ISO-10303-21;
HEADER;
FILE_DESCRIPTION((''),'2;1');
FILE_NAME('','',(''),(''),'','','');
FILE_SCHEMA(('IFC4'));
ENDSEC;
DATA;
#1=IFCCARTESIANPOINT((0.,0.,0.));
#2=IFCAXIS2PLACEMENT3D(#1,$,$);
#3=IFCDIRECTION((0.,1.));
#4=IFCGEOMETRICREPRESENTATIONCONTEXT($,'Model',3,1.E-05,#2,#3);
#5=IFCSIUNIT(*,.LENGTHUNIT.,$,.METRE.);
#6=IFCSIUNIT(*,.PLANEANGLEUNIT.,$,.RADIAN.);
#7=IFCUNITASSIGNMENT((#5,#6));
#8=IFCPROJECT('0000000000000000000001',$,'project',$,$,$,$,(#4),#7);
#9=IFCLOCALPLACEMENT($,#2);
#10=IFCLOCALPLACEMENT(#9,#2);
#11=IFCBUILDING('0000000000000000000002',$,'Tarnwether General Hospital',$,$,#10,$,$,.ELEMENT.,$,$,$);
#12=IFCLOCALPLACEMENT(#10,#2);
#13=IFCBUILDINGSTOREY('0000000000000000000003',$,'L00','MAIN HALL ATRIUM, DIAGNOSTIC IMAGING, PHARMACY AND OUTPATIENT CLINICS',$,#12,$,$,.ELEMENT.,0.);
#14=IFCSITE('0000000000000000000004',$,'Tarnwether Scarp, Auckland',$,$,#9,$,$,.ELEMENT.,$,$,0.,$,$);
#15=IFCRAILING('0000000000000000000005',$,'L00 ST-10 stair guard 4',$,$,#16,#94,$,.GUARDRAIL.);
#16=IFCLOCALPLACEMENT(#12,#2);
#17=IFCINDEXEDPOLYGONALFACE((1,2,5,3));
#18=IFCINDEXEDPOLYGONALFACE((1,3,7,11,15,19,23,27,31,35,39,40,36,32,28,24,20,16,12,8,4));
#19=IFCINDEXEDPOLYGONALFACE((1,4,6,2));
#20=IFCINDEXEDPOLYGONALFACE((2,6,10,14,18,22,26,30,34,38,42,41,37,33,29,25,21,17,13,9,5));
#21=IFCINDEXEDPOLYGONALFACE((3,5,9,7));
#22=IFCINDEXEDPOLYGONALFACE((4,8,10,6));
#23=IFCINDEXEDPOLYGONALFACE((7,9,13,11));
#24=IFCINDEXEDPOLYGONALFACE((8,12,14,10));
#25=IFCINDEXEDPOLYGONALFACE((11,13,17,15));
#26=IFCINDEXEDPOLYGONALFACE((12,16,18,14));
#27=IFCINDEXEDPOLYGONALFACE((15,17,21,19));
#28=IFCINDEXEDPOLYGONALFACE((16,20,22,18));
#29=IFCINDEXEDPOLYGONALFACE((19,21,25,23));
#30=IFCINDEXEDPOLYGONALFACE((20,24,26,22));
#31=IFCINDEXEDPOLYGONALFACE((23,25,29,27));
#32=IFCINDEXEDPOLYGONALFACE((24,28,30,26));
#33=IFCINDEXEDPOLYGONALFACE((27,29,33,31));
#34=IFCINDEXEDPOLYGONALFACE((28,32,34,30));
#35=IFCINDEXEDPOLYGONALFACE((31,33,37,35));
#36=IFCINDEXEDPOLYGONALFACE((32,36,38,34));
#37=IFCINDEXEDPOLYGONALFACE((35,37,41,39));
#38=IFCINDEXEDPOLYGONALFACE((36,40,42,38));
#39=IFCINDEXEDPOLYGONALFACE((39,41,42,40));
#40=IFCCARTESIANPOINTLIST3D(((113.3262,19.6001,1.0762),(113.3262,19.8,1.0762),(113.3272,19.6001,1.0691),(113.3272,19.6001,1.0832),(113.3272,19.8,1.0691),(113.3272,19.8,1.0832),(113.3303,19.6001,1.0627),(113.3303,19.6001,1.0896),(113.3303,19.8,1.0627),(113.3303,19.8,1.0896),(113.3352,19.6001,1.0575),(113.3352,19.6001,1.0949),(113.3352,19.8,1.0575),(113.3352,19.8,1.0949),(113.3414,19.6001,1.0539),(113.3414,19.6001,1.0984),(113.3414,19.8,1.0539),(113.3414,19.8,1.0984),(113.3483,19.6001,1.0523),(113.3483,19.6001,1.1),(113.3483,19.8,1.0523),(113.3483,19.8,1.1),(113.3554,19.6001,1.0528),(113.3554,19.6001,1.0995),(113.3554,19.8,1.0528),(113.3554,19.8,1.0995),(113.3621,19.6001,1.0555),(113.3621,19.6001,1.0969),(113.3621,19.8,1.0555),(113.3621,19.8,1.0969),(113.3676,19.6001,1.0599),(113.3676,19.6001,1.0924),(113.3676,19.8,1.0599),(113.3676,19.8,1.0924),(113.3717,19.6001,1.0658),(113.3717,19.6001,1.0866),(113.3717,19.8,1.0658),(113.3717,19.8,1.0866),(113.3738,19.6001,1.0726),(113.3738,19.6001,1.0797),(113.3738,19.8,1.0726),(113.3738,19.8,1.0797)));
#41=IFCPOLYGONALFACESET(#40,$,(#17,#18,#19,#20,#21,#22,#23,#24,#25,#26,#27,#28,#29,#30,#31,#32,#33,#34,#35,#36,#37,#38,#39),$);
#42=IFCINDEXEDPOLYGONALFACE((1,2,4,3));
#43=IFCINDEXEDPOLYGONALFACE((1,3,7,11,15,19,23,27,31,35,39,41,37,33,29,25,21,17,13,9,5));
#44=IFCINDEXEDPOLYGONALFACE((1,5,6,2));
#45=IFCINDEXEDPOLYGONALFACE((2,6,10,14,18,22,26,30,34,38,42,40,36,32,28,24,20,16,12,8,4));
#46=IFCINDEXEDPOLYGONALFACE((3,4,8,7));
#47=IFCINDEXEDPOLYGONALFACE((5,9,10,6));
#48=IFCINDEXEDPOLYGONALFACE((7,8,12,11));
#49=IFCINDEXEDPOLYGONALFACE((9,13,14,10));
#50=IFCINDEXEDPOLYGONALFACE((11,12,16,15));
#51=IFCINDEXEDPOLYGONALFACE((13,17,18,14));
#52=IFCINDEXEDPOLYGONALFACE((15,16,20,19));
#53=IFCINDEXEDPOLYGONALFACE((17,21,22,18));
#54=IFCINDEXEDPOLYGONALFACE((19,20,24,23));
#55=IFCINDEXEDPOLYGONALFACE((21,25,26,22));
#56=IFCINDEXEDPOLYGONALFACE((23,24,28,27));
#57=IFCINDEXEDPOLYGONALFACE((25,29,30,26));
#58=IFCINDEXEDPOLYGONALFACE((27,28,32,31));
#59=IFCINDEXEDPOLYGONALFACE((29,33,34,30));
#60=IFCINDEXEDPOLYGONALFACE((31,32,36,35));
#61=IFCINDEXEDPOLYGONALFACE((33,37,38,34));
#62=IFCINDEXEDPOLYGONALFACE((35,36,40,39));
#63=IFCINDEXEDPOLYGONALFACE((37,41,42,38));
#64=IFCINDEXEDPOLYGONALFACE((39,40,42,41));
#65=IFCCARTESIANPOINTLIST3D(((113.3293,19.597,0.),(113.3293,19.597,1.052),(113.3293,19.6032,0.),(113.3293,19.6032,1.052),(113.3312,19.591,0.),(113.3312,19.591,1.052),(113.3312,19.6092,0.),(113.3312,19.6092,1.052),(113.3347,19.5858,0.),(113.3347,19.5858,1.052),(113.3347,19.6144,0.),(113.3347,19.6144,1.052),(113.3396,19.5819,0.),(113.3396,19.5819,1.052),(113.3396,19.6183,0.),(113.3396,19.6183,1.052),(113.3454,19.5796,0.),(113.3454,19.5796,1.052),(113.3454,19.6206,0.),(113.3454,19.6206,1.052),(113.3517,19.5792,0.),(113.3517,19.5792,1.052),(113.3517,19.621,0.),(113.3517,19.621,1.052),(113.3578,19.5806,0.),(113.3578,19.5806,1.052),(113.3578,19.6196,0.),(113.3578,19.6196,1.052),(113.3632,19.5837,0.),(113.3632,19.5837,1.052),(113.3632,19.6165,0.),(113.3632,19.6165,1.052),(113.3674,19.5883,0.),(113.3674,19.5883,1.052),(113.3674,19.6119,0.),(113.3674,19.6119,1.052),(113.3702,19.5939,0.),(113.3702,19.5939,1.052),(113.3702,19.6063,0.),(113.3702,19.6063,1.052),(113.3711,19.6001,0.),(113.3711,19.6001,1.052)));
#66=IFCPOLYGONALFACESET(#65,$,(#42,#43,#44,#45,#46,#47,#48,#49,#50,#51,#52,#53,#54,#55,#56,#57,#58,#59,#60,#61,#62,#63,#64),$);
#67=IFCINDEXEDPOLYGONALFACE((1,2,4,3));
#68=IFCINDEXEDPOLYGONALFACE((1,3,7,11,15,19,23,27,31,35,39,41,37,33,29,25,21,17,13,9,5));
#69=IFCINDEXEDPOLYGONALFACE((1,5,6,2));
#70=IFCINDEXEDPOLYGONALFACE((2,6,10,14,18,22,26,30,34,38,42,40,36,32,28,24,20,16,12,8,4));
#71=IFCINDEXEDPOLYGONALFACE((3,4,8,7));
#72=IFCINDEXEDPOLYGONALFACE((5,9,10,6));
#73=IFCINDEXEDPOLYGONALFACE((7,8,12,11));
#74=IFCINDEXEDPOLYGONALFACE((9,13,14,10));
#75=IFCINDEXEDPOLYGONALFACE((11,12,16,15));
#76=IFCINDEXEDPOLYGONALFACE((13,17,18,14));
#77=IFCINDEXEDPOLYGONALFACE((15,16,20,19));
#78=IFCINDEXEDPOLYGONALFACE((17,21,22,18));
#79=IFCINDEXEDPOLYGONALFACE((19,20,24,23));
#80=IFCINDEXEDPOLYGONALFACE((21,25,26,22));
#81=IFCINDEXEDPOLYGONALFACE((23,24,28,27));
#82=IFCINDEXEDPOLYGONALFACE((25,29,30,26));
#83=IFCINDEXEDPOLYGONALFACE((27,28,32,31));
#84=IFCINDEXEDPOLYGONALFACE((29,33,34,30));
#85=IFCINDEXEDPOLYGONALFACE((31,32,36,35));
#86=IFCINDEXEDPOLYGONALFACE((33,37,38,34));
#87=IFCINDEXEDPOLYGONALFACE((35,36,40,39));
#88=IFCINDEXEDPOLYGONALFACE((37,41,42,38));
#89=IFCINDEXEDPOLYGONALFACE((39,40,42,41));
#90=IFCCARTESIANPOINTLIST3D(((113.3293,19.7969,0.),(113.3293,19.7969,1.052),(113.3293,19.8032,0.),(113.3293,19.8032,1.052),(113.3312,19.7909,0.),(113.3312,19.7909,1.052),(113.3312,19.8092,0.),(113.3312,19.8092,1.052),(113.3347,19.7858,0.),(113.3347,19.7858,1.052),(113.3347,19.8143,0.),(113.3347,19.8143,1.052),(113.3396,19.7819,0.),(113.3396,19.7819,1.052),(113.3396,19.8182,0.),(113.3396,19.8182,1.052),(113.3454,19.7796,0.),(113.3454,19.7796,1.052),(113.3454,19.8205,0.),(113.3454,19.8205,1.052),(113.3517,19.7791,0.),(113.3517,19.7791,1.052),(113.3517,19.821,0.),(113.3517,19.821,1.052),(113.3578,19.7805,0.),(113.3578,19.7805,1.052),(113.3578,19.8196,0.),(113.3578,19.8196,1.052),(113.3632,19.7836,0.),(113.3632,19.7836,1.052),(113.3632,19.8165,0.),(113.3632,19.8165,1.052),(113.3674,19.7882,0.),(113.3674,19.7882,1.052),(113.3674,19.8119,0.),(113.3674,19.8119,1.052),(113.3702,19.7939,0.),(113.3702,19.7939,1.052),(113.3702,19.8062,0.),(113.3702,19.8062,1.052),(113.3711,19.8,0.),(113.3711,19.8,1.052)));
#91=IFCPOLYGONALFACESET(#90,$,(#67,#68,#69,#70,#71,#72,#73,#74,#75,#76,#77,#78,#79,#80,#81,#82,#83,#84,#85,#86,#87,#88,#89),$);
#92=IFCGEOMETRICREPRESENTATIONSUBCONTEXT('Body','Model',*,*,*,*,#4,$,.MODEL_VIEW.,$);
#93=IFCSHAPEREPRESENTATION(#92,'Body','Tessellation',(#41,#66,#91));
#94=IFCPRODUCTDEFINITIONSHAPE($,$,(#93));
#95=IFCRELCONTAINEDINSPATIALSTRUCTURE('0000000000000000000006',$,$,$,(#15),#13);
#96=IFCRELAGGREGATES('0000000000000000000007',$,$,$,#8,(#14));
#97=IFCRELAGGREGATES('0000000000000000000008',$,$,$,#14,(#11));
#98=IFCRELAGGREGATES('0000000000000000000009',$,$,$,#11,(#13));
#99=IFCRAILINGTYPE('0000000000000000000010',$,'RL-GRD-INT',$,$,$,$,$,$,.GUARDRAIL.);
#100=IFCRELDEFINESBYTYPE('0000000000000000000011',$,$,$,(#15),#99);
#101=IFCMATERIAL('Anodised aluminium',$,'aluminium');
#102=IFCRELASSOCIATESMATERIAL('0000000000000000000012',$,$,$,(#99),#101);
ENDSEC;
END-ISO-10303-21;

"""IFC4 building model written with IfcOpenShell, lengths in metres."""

from ifc_helpers import new_model, si_unit, direction, frame, origin, origin_2d, place, context, subcontext, project, spatial, circle, extrude, material, type_object, element, save


model = new_model("IFC4")

# Units and contexts
model_context = context("Model", 3, precision=1e-05, world=origin(), true_north=direction((0.0, 1.0)))
body_context = subcontext(model_context, "Body", "Model", "MODEL_VIEW")
ifc_project = project(units=[si_unit("LENGTHUNIT", "METRE"), si_unit("PLANEANGLEUNIT", "RADIAN")], contexts=[model_context])

# Site, building, storey
site_placement = place(None, origin())
site = spatial("IfcSite", under=ifc_project, at=site_placement, Name="Tarnwether Scarp, Auckland", CompositionType="ELEMENT", RefElevation=0.0)
building_placement = place(site_placement, origin())
building = spatial("IfcBuilding", under=site, at=building_placement, Name="Tarnwether General Hospital", CompositionType="ELEMENT")
storey_placement = place(building_placement, origin())
storey = spatial("IfcBuildingStorey", under=building, at=storey_placement, Name="L00", Description="MAIN HALL ATRIUM, DIAGNOSTIC IMAGING, PHARMACY AND OUTPATIENT CLINICS", CompositionType="ELEMENT", Elevation=0.0)

# Railing
ifc_material_1 = material(Name="Anodised aluminium", Category="aluminium")
railing_type_1 = type_object("IfcRailingType", Name="RL-GRD-INT", PredefinedType="GUARDRAIL", material=ifc_material_1)
railing_1_placement = place(storey_placement, frame((113.3501, 19.6001, 0.0)))
element("IfcRailing", 1, at=railing_1_placement, inside=storey, type_object=railing_type_1, Name="L00 ST-10 stair guard 4", PredefinedType="GUARDRAIL", context=body_context, shape_type="SweptSolid", body=[
    extrude(circle(Radius=0.0239, at=origin_2d()), frame((0.0, 0.0, 1.0762), z_axis=(0.0, 1.0, 0.0), x_axis=(-1.0, 0.0, 0.0)), (0.0, 0.0, 1.0), 0.2),
    extrude(circle(Radius=0.021, at=origin_2d()), origin(), (0.0, 0.0, 1.0), 1.052),
    extrude(circle(Radius=0.021, at=origin_2d()), frame((0.0, 0.2, 0.0)), (0.0, 0.0, 1.0), 1.052),
])

save(model, "model.ifc")
